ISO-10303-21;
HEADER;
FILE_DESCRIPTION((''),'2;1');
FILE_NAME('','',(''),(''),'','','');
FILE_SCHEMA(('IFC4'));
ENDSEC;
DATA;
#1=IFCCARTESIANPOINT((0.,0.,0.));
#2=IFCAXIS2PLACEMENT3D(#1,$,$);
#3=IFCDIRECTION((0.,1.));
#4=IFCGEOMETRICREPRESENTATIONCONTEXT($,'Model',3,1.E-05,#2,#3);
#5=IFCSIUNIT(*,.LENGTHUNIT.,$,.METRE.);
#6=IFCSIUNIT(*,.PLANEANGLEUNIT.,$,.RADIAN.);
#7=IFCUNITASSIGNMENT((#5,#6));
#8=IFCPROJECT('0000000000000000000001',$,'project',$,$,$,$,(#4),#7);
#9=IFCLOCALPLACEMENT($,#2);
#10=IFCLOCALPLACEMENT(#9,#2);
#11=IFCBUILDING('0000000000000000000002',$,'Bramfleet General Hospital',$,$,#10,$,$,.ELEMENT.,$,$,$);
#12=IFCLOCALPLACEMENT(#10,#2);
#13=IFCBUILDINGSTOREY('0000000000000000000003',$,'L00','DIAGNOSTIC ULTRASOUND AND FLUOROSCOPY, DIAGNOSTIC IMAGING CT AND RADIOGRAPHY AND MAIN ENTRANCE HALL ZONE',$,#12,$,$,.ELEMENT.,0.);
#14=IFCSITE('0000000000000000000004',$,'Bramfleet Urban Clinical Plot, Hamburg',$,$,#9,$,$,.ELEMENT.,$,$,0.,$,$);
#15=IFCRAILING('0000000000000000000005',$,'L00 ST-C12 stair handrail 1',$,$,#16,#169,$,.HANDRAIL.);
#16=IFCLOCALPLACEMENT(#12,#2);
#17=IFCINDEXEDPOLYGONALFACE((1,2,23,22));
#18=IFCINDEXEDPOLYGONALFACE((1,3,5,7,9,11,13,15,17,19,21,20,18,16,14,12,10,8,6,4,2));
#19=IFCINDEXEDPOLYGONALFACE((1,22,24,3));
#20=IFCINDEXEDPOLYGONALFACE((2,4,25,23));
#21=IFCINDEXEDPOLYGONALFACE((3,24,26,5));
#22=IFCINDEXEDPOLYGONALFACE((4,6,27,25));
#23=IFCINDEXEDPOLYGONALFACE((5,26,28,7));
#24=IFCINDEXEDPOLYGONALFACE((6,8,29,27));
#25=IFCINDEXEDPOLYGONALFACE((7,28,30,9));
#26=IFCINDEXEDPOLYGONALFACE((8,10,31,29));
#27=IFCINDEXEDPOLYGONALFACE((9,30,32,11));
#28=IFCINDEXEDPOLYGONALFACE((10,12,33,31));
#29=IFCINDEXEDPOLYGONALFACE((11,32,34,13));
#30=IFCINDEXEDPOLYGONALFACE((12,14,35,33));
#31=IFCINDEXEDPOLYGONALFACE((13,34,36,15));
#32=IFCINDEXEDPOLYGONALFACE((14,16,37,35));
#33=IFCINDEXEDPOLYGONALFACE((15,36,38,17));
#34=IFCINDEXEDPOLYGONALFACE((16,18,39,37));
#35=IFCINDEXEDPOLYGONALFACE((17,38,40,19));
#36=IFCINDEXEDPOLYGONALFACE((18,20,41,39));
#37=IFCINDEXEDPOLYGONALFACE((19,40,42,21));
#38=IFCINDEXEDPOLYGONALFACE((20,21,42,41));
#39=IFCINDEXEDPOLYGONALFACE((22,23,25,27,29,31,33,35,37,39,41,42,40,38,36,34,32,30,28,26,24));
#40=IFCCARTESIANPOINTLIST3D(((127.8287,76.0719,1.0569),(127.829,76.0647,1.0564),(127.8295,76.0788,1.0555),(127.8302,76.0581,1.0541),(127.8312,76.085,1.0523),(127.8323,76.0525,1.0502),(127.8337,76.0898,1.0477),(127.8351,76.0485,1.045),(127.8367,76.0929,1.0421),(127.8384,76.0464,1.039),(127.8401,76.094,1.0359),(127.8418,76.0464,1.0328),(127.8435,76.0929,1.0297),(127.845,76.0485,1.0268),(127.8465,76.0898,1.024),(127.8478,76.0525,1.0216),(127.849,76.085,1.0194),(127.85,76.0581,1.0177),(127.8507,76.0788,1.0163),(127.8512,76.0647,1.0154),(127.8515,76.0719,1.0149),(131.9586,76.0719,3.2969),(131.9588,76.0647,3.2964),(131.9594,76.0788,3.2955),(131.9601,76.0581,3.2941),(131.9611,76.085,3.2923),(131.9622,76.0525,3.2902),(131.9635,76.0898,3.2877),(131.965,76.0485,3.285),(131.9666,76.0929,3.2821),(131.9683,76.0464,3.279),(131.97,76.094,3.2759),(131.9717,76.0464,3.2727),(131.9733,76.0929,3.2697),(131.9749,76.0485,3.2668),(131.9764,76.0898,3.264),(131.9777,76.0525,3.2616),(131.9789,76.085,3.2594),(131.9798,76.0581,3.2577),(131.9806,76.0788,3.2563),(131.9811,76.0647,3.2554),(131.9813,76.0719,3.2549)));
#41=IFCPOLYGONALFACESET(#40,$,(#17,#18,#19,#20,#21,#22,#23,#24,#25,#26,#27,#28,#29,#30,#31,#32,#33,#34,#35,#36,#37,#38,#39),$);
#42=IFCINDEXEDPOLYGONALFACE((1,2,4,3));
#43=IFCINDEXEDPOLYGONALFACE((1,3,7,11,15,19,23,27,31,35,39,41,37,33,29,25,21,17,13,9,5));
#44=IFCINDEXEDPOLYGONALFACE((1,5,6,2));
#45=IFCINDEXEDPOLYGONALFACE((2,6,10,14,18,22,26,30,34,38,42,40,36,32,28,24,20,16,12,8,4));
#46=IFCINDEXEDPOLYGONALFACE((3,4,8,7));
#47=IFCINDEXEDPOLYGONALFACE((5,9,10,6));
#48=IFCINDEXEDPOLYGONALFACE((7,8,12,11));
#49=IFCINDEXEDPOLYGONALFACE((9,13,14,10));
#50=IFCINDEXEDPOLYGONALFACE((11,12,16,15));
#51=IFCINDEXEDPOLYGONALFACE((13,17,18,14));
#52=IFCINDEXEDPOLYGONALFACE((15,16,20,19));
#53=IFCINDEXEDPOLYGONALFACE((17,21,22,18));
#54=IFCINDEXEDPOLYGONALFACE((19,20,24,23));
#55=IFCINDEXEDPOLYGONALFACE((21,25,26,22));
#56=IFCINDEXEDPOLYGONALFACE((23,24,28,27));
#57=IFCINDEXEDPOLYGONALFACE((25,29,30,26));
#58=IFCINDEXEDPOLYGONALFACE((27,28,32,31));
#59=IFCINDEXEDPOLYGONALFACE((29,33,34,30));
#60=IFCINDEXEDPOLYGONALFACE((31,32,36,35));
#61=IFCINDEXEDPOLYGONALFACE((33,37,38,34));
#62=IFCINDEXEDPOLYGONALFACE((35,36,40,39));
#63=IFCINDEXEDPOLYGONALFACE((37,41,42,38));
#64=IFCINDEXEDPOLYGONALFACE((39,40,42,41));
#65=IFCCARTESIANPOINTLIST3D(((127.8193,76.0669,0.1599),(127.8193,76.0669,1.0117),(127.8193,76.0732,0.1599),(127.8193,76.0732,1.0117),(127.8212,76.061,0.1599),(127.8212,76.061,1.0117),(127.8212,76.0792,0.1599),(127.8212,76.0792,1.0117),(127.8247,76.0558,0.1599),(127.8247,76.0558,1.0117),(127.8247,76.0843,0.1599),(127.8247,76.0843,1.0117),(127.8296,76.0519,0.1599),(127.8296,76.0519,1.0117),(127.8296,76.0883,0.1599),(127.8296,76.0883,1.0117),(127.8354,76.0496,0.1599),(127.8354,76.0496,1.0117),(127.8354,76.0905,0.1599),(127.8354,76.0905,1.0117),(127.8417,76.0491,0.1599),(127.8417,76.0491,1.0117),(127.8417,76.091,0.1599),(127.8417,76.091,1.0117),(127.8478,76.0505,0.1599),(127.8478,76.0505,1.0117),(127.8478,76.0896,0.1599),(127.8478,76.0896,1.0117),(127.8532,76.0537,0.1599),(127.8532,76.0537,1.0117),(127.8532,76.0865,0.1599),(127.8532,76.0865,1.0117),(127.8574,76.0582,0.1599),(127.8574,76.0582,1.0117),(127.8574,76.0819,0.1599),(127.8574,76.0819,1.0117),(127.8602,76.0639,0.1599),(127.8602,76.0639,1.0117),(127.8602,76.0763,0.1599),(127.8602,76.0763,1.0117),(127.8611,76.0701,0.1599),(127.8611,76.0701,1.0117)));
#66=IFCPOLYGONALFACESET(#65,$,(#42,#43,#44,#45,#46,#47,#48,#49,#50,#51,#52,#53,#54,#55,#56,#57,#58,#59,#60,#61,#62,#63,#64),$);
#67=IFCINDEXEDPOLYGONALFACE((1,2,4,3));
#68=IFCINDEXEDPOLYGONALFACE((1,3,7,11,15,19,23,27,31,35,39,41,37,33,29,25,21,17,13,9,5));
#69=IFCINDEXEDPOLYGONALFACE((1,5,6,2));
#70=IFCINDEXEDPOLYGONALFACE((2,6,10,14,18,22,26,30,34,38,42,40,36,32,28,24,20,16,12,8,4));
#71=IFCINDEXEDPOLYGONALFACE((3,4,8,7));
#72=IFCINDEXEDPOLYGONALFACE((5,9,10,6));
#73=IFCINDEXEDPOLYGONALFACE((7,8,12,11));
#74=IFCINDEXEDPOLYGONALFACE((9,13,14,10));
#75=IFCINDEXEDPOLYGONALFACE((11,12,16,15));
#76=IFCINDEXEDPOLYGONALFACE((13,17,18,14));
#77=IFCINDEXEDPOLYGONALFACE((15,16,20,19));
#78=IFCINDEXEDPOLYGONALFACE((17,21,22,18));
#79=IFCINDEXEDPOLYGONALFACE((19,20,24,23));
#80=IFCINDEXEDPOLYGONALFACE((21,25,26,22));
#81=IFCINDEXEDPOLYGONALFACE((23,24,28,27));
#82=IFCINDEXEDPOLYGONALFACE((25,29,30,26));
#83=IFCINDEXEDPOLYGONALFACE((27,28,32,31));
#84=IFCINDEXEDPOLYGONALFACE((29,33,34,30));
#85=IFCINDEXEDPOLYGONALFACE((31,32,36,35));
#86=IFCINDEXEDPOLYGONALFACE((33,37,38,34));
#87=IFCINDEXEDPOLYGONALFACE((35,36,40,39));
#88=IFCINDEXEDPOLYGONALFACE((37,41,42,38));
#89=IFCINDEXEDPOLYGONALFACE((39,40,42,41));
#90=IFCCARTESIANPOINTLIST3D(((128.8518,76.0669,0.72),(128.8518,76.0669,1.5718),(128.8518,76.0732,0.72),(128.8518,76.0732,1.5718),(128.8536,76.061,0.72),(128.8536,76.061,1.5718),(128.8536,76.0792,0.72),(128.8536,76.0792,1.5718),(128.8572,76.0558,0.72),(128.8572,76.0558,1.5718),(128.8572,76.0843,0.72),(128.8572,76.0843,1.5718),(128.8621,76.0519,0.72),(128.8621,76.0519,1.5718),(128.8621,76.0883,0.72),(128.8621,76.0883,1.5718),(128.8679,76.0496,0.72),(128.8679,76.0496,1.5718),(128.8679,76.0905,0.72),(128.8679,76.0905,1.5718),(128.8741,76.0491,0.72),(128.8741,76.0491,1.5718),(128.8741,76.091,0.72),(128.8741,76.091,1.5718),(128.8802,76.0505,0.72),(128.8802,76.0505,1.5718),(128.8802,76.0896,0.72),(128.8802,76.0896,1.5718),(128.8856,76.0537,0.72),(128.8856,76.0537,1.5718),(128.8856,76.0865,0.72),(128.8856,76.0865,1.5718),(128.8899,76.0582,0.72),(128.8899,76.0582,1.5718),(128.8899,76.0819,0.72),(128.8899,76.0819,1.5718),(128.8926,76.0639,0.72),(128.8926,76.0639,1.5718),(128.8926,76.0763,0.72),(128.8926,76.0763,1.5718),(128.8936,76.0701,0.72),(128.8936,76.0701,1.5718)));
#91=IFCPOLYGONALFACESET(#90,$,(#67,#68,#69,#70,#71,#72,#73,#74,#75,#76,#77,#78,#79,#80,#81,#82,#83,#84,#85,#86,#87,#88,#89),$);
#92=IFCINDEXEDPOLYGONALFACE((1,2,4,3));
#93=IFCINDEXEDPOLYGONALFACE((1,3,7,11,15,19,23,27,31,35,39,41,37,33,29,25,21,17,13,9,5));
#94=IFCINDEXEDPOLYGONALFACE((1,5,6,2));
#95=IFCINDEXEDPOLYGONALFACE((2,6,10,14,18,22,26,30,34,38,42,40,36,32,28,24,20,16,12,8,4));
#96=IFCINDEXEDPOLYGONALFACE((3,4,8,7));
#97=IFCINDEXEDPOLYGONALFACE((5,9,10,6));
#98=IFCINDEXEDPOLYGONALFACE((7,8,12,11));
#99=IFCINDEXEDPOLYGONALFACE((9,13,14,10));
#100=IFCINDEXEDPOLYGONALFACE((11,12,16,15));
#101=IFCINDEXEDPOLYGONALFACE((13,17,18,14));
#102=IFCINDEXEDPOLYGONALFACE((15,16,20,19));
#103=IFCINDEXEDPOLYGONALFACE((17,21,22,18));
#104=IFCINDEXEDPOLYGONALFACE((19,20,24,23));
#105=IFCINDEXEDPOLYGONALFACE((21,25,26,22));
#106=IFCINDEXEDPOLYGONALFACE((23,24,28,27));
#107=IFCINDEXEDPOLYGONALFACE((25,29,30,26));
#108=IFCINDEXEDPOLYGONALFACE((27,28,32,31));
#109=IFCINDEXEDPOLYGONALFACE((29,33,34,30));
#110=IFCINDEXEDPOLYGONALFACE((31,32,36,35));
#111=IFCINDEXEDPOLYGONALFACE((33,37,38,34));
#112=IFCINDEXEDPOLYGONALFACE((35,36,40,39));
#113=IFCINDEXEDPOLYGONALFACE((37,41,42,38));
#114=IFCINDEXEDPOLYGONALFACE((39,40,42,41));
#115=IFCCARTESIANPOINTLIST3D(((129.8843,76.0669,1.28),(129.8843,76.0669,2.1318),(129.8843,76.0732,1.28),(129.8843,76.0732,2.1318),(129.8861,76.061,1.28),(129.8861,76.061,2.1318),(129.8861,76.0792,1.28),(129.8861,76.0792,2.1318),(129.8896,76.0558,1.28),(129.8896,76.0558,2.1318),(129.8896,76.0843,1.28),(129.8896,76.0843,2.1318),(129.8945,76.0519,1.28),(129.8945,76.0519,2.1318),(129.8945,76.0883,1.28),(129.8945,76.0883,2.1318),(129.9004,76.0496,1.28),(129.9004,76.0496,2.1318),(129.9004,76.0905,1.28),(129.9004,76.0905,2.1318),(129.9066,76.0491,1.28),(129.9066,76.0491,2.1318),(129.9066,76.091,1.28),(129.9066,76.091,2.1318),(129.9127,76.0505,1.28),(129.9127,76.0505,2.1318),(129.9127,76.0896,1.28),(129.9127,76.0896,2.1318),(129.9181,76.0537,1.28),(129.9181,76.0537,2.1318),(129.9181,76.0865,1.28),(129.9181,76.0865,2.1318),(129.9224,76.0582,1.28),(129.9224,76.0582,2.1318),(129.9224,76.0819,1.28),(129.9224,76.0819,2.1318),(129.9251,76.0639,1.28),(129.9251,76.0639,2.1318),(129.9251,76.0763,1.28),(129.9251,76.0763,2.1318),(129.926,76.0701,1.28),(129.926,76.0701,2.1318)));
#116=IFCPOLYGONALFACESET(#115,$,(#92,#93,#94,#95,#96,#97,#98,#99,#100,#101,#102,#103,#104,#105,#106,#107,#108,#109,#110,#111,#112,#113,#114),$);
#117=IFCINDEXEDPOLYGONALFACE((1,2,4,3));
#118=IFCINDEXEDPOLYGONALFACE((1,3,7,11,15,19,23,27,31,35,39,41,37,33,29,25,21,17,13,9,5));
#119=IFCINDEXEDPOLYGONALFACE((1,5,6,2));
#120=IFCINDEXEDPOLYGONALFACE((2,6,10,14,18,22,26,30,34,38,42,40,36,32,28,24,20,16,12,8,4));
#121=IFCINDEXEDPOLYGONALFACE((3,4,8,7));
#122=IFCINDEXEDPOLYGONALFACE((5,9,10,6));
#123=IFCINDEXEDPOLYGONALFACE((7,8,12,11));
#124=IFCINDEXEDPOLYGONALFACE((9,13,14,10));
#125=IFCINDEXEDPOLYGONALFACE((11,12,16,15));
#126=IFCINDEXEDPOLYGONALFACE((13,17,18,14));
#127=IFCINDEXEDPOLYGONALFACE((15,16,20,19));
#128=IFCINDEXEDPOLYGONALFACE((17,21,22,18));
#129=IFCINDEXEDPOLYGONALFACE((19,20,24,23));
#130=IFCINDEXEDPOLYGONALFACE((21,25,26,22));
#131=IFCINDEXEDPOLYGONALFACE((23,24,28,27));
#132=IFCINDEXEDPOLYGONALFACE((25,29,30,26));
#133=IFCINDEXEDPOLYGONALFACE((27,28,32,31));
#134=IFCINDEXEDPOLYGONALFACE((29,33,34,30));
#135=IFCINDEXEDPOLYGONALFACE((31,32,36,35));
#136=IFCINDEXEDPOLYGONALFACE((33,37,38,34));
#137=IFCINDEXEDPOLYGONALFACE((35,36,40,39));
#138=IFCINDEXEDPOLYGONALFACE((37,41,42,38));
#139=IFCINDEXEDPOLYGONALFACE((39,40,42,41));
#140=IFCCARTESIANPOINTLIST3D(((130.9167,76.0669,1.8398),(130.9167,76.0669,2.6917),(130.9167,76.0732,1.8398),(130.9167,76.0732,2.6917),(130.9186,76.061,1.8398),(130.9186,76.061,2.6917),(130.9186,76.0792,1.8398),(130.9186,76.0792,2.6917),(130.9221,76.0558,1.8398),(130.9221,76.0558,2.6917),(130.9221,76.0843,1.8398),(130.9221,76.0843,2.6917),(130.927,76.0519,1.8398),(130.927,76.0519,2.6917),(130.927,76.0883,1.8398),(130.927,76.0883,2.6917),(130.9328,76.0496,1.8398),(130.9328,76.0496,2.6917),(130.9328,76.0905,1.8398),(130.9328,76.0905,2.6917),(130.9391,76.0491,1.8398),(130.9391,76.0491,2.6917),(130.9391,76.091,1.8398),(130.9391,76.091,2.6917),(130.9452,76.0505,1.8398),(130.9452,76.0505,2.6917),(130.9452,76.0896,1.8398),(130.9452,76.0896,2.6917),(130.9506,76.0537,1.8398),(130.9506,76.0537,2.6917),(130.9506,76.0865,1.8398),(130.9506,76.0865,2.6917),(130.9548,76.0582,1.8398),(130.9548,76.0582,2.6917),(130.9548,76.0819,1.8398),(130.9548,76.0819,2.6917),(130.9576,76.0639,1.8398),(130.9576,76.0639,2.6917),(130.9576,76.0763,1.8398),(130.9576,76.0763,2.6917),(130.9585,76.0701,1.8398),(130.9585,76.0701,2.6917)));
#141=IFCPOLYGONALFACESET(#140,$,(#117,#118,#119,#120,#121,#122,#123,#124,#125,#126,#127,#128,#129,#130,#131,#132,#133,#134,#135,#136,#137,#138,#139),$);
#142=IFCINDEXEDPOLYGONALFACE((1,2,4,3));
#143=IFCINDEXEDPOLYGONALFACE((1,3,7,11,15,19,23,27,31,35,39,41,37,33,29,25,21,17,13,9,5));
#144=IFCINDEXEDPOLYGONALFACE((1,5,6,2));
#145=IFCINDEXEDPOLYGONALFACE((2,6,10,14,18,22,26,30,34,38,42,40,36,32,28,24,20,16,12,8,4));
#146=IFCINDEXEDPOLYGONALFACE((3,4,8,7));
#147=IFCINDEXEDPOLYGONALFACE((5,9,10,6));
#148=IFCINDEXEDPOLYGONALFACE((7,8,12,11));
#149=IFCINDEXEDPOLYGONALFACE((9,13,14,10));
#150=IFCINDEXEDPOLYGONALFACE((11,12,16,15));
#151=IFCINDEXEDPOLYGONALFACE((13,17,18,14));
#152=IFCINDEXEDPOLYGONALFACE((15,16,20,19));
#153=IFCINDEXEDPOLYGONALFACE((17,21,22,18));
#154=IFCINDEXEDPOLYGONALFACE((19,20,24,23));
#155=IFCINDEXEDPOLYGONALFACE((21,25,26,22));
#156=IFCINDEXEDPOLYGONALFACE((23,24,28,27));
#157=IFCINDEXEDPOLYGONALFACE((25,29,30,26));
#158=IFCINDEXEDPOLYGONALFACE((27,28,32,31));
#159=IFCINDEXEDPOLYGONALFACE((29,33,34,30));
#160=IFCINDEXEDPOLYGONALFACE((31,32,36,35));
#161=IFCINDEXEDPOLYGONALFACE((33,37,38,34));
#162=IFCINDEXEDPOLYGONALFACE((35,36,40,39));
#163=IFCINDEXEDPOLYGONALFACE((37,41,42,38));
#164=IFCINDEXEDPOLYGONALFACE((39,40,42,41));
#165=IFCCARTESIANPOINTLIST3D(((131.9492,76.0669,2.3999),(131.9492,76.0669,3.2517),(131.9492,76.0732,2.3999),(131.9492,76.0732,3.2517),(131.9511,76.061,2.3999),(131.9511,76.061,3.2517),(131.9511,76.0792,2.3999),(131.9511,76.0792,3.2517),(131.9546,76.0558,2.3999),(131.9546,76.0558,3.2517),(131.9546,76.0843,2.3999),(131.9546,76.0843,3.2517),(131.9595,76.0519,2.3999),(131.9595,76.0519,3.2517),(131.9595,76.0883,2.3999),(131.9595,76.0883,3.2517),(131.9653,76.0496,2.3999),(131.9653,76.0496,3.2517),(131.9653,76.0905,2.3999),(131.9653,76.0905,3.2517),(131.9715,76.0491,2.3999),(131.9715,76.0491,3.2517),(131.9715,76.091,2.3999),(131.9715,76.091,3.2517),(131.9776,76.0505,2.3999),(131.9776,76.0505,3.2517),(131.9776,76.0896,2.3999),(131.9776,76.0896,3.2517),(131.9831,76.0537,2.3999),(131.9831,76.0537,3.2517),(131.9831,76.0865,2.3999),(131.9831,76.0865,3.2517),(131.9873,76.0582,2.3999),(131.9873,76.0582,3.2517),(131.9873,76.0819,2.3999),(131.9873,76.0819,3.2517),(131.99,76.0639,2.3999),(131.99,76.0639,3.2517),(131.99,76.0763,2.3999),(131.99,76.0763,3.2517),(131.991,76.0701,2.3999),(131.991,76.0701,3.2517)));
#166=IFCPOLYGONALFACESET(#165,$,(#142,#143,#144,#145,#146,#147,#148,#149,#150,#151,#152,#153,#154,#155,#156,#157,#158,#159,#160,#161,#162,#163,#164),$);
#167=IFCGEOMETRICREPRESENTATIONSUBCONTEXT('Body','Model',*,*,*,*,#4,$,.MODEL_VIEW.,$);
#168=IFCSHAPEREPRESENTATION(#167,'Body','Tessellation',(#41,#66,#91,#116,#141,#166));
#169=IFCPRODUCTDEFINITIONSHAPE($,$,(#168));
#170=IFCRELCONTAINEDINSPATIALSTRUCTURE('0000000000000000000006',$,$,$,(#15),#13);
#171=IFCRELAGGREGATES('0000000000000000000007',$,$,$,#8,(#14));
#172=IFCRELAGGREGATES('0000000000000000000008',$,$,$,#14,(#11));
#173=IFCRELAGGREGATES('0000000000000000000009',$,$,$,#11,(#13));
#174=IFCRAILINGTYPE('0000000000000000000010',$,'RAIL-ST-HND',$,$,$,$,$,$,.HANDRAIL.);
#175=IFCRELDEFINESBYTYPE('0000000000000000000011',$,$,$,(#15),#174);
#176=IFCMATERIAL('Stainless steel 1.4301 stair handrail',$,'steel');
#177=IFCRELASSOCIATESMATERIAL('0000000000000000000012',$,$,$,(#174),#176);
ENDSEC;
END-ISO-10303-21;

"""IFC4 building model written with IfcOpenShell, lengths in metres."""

from ifc_helpers import new_model, si_unit, direction, frame, origin, origin_2d, place, context, subcontext, project, spatial, circle, extrude, material, type_object, element, save


model = new_model("IFC4")

# Units and contexts
model_context = context("Model", 3, precision=1e-05, world=origin(), true_north=direction((0.0, 1.0)))
body_context = subcontext(model_context, "Body", "Model", "MODEL_VIEW")
ifc_project = project(units=[si_unit("LENGTHUNIT", "METRE"), si_unit("PLANEANGLEUNIT", "RADIAN")], contexts=[model_context])

# Site, building, storey
site_placement = place(None, origin())
site = spatial("IfcSite", under=ifc_project, at=site_placement, Name="Bramfleet Urban Clinical Plot, Hamburg", CompositionType="ELEMENT", RefElevation=0.0)
building_placement = place(site_placement, origin())
building = spatial("IfcBuilding", under=site, at=building_placement, Name="Bramfleet General Hospital", CompositionType="ELEMENT")
storey_placement = place(building_placement, origin())
storey = spatial("IfcBuildingStorey", under=building, at=storey_placement, Name="L00", Description="DIAGNOSTIC ULTRASOUND AND FLUOROSCOPY, DIAGNOSTIC IMAGING CT AND RADIOGRAPHY AND MAIN ENTRANCE HALL ZONE", CompositionType="ELEMENT", Elevation=0.0)

# Railing
ifc_material_1 = material(Name="Stainless steel 1.4301 stair handrail", Category="steel")
railing_type_1 = type_object("IfcRailingType", Name="RAIL-ST-HND", PredefinedType="HANDRAIL", material=ifc_material_1)
railing_1_placement = place(storey_placement, frame((127.8401, 76.0701, 0.1599)))
element("IfcRailing", 1, at=railing_1_placement, inside=storey, type_object=railing_type_1, Name="L00 ST-C12 stair handrail 1", PredefinedType="HANDRAIL", context=body_context, shape_type="SweptSolid", body=[
    extrude(circle(Radius=0.0239, at=origin_2d()), frame((0.0, 0.0, 0.876), z_axis=(0.879027, 0.0, 0.476772), x_axis=(0.0, 1.0, 0.0)), (0.0, 0.0, 1.0), 4.6982),
    extrude(circle(Radius=0.021, at=origin_2d()), origin(), (0.0, 0.0, 1.0), 0.8518),
    extrude(circle(Radius=0.021, at=origin_2d()), frame((1.0325, 0.0, 0.5601)), (0.0, 0.0, 1.0), 0.8518),
    extrude(circle(Radius=0.021, at=origin_2d()), frame((2.0649, 0.0, 1.1201)), (0.0, 0.0, 1.0), 0.8518),
    extrude(circle(Radius=0.021, at=origin_2d()), frame((3.0974, 0.0, 1.6799)), (0.0, 0.0, 1.0), 0.8518),
    extrude(circle(Radius=0.021, at=origin_2d()), frame((4.1299, 0.0, 2.24)), (0.0, 0.0, 1.0), 0.8518),
])

save(model, "model.ifc")
